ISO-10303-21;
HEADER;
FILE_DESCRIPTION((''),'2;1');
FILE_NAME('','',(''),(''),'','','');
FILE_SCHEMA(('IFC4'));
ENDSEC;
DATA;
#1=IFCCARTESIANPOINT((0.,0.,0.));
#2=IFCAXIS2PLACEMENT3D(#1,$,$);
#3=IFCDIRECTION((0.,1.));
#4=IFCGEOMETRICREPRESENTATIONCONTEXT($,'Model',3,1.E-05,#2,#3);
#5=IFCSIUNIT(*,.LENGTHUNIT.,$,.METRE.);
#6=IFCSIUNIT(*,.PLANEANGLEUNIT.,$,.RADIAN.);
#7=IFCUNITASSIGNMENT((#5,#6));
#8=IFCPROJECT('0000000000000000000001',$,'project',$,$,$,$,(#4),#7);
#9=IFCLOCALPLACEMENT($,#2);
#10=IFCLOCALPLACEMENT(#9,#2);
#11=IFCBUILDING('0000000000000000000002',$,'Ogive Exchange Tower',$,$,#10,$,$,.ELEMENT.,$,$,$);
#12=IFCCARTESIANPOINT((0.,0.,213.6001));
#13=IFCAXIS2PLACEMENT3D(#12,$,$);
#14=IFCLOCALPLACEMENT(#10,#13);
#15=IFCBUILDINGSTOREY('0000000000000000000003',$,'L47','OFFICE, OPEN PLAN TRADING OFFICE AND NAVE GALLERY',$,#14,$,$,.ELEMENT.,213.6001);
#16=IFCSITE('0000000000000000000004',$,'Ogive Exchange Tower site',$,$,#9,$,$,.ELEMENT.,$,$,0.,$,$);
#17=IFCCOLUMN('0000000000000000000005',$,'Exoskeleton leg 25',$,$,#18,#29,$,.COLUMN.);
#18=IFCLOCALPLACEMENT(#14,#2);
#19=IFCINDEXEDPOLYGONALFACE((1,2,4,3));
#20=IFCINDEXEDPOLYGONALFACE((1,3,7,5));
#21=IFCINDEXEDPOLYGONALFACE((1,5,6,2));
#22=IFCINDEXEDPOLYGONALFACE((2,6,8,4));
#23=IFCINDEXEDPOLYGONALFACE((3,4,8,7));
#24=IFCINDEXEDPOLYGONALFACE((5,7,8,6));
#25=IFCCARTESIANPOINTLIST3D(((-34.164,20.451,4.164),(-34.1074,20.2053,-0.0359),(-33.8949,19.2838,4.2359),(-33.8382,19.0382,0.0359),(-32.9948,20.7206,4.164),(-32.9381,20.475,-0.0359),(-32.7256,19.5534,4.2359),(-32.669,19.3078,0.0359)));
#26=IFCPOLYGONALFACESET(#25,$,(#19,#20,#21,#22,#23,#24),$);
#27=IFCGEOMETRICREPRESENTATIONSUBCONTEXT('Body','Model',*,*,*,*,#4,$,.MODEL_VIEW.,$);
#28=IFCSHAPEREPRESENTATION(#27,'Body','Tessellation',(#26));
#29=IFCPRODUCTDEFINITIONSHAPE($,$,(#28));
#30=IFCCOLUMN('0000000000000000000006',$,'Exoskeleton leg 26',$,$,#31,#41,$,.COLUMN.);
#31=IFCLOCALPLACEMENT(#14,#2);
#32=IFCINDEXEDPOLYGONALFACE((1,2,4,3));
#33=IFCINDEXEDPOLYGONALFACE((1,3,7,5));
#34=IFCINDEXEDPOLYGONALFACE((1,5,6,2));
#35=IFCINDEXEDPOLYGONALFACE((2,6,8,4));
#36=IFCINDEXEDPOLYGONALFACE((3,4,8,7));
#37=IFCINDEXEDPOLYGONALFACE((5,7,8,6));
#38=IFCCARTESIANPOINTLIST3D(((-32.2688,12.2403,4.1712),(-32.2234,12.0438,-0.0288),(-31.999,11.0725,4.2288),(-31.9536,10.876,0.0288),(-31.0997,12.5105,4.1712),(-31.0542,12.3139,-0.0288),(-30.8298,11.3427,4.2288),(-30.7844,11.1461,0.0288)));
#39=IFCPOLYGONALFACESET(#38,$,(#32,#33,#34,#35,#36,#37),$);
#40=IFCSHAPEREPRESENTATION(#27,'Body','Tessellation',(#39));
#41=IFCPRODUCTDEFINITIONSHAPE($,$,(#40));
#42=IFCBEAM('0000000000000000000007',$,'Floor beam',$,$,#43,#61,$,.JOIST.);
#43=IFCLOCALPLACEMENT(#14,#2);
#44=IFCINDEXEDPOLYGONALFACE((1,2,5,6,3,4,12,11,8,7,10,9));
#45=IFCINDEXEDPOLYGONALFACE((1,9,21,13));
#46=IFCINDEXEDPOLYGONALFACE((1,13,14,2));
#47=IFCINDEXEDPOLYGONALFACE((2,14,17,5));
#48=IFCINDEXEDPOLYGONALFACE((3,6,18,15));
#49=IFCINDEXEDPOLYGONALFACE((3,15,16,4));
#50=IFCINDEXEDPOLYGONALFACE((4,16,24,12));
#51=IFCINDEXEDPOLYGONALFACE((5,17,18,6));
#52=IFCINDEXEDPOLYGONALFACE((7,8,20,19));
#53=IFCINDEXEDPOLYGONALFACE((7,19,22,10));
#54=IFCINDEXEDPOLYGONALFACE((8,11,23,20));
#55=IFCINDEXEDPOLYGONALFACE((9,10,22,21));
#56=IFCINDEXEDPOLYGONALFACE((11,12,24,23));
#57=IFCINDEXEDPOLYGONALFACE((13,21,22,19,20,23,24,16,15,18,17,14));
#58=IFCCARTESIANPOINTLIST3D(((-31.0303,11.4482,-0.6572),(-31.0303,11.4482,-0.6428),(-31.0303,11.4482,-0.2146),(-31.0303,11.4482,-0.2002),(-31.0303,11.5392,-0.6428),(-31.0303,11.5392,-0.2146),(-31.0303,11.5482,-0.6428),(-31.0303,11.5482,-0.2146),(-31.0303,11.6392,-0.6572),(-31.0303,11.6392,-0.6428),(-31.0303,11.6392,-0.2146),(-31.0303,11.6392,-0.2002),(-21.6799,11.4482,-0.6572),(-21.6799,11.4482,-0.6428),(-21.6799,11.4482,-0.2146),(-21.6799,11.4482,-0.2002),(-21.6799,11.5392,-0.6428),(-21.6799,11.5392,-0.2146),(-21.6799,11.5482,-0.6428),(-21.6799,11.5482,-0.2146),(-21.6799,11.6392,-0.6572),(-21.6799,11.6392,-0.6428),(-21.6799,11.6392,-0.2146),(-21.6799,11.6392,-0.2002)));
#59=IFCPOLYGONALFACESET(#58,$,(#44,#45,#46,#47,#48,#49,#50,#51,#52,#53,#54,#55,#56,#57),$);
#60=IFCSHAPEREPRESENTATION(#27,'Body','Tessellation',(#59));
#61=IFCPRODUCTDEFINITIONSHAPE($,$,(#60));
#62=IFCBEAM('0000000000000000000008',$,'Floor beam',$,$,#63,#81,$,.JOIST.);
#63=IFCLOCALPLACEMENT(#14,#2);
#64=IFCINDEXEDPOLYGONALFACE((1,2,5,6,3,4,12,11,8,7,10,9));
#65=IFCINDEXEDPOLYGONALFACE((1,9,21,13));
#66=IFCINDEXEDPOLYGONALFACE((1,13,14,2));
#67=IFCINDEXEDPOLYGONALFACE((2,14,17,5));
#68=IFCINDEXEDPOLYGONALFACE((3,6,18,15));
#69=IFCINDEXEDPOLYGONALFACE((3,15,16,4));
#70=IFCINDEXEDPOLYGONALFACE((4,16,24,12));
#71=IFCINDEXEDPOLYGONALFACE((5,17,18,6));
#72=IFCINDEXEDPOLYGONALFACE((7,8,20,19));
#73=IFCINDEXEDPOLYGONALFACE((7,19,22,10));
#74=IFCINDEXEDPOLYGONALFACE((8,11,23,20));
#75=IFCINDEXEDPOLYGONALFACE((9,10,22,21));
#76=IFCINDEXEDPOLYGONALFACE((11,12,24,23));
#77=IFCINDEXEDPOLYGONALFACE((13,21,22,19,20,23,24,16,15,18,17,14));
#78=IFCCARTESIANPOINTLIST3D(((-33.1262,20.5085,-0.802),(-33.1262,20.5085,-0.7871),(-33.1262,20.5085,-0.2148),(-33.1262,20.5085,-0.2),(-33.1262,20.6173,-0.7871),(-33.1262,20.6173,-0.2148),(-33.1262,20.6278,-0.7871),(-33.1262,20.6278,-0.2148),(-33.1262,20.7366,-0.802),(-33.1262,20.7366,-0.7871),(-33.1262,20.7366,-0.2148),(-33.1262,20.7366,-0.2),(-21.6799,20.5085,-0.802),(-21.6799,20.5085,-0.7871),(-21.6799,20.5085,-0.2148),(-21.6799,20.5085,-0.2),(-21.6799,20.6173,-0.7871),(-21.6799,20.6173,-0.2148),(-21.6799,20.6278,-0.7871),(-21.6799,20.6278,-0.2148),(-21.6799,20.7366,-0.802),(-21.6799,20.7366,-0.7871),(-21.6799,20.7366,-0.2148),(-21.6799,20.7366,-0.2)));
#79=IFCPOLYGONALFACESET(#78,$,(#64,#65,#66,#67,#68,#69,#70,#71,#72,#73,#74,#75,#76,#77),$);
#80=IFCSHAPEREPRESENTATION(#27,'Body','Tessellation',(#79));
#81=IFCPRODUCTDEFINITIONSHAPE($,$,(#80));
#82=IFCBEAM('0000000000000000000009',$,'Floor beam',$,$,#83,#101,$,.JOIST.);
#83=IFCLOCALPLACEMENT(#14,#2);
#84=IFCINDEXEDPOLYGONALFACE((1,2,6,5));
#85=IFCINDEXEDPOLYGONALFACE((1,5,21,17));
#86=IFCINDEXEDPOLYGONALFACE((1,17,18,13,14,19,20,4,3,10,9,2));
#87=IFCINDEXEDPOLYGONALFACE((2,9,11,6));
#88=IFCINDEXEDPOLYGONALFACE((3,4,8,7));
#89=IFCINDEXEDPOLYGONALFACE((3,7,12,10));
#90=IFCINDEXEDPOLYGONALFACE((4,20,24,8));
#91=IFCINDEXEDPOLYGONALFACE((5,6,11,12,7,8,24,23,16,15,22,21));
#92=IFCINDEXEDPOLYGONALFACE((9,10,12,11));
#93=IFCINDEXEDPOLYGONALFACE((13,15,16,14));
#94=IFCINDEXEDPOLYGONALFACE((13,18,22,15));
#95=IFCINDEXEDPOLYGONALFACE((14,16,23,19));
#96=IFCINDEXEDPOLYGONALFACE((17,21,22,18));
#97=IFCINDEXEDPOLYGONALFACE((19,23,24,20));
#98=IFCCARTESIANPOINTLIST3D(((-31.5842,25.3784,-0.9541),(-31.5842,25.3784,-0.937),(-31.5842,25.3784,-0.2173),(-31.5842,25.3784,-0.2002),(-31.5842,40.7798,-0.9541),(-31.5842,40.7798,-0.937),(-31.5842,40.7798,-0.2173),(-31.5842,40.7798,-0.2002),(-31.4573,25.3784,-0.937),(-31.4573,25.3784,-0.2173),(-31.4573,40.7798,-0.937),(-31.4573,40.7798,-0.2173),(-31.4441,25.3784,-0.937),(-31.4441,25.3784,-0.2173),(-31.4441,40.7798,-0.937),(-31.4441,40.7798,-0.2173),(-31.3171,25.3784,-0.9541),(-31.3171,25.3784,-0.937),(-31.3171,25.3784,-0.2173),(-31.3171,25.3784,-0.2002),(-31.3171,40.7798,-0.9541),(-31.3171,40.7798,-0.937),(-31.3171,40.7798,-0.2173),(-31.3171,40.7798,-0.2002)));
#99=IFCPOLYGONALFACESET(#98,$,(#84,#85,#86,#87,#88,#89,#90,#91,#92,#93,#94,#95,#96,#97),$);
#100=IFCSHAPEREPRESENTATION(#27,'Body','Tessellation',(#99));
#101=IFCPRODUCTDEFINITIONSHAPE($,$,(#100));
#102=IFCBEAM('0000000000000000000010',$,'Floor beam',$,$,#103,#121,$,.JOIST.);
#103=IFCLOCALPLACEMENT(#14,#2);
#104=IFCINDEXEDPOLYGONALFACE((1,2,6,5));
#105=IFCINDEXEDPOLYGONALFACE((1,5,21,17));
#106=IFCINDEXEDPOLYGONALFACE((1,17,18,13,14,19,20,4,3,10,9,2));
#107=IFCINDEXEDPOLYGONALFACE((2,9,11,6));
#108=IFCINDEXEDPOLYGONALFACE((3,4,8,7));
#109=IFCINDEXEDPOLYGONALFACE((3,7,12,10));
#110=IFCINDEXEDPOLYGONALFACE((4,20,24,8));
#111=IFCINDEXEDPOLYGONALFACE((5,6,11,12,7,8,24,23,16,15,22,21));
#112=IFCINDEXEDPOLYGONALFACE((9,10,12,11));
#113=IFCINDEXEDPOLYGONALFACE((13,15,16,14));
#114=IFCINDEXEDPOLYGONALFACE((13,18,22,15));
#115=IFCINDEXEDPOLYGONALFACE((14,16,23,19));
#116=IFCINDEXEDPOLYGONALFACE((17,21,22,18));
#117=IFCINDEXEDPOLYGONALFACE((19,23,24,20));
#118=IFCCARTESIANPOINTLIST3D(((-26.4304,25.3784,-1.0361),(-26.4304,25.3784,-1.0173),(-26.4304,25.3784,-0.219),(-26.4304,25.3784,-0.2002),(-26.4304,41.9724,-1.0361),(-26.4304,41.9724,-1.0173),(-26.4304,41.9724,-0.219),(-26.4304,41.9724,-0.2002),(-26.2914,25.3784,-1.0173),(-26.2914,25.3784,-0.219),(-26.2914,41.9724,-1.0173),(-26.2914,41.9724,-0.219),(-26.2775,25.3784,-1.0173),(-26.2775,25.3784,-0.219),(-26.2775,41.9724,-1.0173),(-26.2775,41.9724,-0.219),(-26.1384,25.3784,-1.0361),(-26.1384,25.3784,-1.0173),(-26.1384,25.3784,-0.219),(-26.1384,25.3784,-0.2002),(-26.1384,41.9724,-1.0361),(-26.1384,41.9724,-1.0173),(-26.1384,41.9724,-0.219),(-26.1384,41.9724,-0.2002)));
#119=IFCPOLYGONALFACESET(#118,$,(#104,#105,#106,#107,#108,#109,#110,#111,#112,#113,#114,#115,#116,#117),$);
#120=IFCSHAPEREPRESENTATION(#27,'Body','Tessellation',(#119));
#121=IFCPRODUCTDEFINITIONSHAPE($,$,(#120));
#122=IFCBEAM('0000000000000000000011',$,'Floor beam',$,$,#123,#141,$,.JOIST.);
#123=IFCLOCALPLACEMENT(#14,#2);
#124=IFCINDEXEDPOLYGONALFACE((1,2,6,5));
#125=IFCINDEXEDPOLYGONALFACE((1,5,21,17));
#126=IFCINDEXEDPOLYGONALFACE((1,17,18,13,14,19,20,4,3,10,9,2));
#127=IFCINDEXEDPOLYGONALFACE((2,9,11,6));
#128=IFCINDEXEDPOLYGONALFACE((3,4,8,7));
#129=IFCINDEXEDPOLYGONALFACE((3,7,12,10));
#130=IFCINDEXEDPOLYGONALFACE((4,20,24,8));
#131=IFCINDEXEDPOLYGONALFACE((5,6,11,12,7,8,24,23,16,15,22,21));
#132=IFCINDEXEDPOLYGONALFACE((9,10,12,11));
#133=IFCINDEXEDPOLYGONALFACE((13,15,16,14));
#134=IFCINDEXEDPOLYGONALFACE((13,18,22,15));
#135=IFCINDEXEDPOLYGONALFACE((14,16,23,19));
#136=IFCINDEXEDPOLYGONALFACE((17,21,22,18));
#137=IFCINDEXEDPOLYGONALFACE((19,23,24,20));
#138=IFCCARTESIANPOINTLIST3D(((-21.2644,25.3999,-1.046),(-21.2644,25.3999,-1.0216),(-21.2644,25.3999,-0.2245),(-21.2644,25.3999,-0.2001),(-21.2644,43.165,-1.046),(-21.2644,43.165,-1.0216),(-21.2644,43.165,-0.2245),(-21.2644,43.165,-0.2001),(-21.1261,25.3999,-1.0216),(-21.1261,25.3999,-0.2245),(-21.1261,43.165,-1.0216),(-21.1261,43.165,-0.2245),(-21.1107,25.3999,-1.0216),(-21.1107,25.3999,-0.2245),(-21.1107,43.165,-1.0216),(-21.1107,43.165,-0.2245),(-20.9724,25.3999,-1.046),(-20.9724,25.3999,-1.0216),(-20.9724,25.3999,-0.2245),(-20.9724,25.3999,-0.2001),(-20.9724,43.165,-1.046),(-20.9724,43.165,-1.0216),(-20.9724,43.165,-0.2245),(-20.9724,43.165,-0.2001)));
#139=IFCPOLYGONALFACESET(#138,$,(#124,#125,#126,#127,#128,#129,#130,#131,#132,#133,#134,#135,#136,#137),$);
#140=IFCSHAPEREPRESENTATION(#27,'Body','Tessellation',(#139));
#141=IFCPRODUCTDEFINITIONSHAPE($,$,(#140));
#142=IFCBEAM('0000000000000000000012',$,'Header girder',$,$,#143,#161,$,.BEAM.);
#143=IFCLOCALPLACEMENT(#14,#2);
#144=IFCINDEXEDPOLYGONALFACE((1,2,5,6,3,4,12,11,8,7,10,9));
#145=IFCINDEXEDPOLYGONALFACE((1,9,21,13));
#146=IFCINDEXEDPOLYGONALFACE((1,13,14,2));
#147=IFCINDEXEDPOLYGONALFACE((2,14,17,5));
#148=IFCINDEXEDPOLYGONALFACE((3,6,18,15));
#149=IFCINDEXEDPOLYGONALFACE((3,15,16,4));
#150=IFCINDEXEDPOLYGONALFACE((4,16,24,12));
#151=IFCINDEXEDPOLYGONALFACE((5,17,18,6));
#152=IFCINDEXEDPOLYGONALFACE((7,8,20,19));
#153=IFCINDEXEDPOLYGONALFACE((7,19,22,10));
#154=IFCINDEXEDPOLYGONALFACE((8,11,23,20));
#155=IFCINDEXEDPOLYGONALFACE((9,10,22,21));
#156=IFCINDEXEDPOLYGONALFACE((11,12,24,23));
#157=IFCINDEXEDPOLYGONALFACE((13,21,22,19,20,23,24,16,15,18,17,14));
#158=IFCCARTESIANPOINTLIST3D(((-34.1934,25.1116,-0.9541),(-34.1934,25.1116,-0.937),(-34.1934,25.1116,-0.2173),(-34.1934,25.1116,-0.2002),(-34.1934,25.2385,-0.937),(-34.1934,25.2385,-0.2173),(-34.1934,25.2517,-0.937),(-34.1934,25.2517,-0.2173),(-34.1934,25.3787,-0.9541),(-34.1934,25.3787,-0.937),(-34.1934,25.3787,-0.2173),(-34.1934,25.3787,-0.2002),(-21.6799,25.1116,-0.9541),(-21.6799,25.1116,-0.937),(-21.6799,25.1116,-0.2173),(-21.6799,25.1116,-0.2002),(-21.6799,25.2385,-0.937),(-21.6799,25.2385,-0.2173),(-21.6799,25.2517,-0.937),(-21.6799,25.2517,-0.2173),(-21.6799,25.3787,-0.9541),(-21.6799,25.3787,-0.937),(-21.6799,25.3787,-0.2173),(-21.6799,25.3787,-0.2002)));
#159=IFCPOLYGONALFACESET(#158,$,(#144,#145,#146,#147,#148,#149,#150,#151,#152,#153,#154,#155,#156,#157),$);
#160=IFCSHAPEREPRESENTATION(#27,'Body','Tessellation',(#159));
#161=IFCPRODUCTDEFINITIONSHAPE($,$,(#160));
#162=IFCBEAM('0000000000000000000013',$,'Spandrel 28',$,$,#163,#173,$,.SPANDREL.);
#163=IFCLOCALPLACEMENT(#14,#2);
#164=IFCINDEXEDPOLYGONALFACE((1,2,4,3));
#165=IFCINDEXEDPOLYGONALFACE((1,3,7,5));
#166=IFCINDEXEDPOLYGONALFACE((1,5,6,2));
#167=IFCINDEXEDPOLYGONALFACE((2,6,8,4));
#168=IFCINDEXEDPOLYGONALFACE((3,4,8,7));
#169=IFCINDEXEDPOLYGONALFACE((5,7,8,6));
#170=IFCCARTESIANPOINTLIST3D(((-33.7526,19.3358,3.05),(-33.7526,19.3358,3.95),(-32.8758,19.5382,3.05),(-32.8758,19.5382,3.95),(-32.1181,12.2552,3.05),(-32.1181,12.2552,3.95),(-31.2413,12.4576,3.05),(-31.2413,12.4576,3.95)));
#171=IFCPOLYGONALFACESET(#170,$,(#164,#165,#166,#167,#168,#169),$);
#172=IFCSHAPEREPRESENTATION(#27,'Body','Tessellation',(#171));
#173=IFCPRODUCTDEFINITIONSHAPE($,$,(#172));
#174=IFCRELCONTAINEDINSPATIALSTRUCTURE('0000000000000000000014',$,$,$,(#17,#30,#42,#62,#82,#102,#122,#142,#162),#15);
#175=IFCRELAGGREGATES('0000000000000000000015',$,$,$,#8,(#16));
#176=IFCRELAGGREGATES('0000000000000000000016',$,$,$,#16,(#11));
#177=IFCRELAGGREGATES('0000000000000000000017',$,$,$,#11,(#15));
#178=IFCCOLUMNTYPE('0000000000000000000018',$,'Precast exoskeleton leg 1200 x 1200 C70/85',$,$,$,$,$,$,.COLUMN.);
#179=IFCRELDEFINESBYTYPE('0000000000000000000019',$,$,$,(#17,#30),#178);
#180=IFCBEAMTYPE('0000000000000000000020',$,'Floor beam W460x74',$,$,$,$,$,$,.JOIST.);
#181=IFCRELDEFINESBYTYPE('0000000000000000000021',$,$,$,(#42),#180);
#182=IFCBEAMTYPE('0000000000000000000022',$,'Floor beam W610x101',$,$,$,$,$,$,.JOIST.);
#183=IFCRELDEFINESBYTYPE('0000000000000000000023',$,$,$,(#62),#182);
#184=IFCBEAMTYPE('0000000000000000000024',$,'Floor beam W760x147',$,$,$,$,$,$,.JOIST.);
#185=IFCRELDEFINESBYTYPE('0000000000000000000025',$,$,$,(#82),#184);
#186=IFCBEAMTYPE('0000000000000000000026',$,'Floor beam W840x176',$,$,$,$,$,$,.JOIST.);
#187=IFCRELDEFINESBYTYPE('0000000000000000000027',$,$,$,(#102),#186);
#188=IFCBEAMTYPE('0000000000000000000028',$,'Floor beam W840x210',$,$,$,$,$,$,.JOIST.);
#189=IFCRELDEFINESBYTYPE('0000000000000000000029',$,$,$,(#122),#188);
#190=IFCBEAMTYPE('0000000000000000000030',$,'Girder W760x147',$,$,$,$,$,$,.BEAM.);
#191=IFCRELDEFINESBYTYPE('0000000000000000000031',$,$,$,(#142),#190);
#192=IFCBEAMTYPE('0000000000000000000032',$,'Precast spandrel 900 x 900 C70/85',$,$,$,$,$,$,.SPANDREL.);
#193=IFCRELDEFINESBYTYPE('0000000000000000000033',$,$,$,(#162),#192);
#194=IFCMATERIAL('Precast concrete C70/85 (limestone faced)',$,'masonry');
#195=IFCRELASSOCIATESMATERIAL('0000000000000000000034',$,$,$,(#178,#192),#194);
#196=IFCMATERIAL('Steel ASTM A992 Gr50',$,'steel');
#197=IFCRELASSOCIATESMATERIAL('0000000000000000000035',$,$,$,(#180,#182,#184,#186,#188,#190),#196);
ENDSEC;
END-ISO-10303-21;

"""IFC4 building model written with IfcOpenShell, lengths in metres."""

from ifc_helpers import new_model, si_unit, direction, frame, origin, origin_2d, place, context, subcontext, project, spatial, rectangle, i_section, extrude, material, material_profile, profile_set, type_object, element, save


model = new_model("IFC4")

# Units and contexts
model_context = context("Model", 3, precision=1e-05, world=origin(), true_north=direction((0.0, 1.0)))
body_context = subcontext(model_context, "Body", "Model", "MODEL_VIEW")
ifc_project = project(units=[si_unit("LENGTHUNIT", "METRE"), si_unit("PLANEANGLEUNIT", "RADIAN")], contexts=[model_context])

# Site, building, storey
site_placement = place(None, origin())
site = spatial("IfcSite", under=ifc_project, at=site_placement, Name="Ogive Exchange Tower site", CompositionType="ELEMENT", RefElevation=0.0)
building_placement = place(site_placement, origin())
building = spatial("IfcBuilding", under=site, at=building_placement, Name="Ogive Exchange Tower", CompositionType="ELEMENT")
storey_placement = place(building_placement, frame((0.0, 0.0, 213.6001)))
storey = spatial("IfcBuildingStorey", under=building, at=storey_placement, Name="L47", Description="OFFICE, OPEN PLAN TRADING OFFICE AND NAVE GALLERY", CompositionType="ELEMENT", Elevation=213.6001)

# Columns
ifc_material_1 = material(Name="Precast concrete C70/85 (limestone faced)", Category="masonry")
ifc_material_profile_1 = material_profile(ifc_material_1, rectangle(XDim=1.2, YDim=1.2, at=origin_2d()), Name="1200 x 1200")
ifc_profile_set_1 = profile_set([ifc_material_profile_1], Name="Precast concrete C70/85 (limestone faced)")
column_type = type_object("IfcColumnType", Name="Precast exoskeleton leg 1200 x 1200 C70/85", PredefinedType="COLUMN", material=ifc_profile_set_1)
column_1_placement = place(storey_placement, frame((-33.3882, 19.7566, 0.0), z_axis=(-0.013462, 0.058373, 0.998204), x_axis=(-0.974424, -0.224718, 0.0)))
element("IfcColumn", 1, at=column_1_placement, inside=storey, type_object=column_type, Name="Exoskeleton leg 25", PredefinedType="COLUMN", context=body_context, shape_type="SweptSolid", body=[
    extrude(rectangle(XDim=1.2, YDim=1.2, at=origin_2d()), origin(), (0.0, 0.0, 1.0), 4.2075),
])
column_2_placement = place(storey_placement, frame((-31.5039, 11.595, 0.0), z_axis=(-0.0108, 0.04674, 0.998849), x_axis=(-0.97433, -0.225125, 0.0)))
element("IfcColumn", 2, at=column_2_placement, inside=storey, type_object=column_type, Name="Exoskeleton leg 26", PredefinedType="COLUMN", context=body_context, shape_type="SweptSolid", body=[
    extrude(rectangle(XDim=1.2, YDim=1.2, at=origin_2d()), origin(), (0.0, 0.0, 1.0), 4.2048),
])

# Beams
ifc_material_2 = material(Name="Steel ASTM A992 Gr50", Category="steel")
ifc_material_profile_2 = material_profile(ifc_material_2, i_section(OverallWidth=0.1909, OverallDepth=0.457, WebThickness=0.009, FlangeThickness=0.0144, at=origin_2d()), Name="W460x74")
ifc_profile_set_2 = profile_set([ifc_material_profile_2], Name="Steel ASTM A992 Gr50")
beam_type_1 = type_object("IfcBeamType", Name="Floor beam W460x74", PredefinedType="JOIST", material=ifc_profile_set_2)
beam_1_placement = place(storey_placement, frame((-31.0303, 11.5437, -0.4287), z_axis=(1.0, 0.0, 0.0), x_axis=(0.0, 1.0, 0.0)))
element("IfcBeam", 3, at=beam_1_placement, inside=storey, type_object=beam_type_1, Name="Floor beam", PredefinedType="JOIST", context=body_context, shape_type="SweptSolid", body=[
    extrude(i_section(OverallWidth=0.1909, OverallDepth=0.457, WebThickness=0.009, FlangeThickness=0.0144, at=origin_2d()), origin(), (0.0, 0.0, 1.0), 9.3503),
])
ifc_material_profile_3 = material_profile(ifc_material_2, i_section(OverallWidth=0.228, OverallDepth=0.6021, WebThickness=0.0105, FlangeThickness=0.0149, at=origin_2d()), Name="W610x101")
ifc_profile_set_3 = profile_set([ifc_material_profile_3], Name="Steel ASTM A992 Gr50")
beam_type_2 = type_object("IfcBeamType", Name="Floor beam W610x101", PredefinedType="JOIST", material=ifc_profile_set_3)
beam_2_placement = place(storey_placement, frame((-33.1262, 20.6226, -0.501), z_axis=(1.0, 0.0, 0.0), x_axis=(0.0, 1.0, 0.0)))
element("IfcBeam", 4, at=beam_2_placement, inside=storey, type_object=beam_type_2, Name="Floor beam", PredefinedType="JOIST", context=body_context, shape_type="SweptSolid", body=[
    extrude(i_section(OverallWidth=0.228, OverallDepth=0.6021, WebThickness=0.0105, FlangeThickness=0.0149, at=origin_2d()), origin(), (0.0, 0.0, 1.0), 11.4463),
])
ifc_material_profile_4 = material_profile(ifc_material_2, i_section(OverallWidth=0.2671, OverallDepth=0.7539, WebThickness=0.0132, FlangeThickness=0.0171, at=origin_2d()), Name="W760x147")
ifc_profile_set_4 = profile_set([ifc_material_profile_4], Name="Steel ASTM A992 Gr50")
beam_type_3 = type_object("IfcBeamType", Name="Floor beam W760x147", PredefinedType="JOIST", material=ifc_profile_set_4)
beam_3_placement = place(storey_placement, frame((-31.4507, 25.3784, -0.5771), z_axis=(0.0, 1.0, 0.0), x_axis=(-1.0, 0.0, 0.0)))
element("IfcBeam", 5, at=beam_3_placement, inside=storey, type_object=beam_type_3, Name="Floor beam", PredefinedType="JOIST", context=body_context, shape_type="SweptSolid", body=[
    extrude(i_section(OverallWidth=0.2671, OverallDepth=0.7539, WebThickness=0.0132, FlangeThickness=0.0171, at=origin_2d()), origin(), (0.0, 0.0, 1.0), 15.4014),
])
ifc_material_profile_5 = material_profile(ifc_material_2, i_section(OverallWidth=0.292, OverallDepth=0.8359, WebThickness=0.0139, FlangeThickness=0.0188, at=origin_2d()), Name="W840x176")
ifc_profile_set_5 = profile_set([ifc_material_profile_5], Name="Steel ASTM A992 Gr50")
beam_type_4 = type_object("IfcBeamType", Name="Floor beam W840x176", PredefinedType="JOIST", material=ifc_profile_set_5)
beam_4_placement = place(storey_placement, frame((-26.2844, 25.3784, -0.6182), z_axis=(0.0, 1.0, 0.0), x_axis=(-1.0, 0.0, 0.0)))
element("IfcBeam", 6, at=beam_4_placement, inside=storey, type_object=beam_type_4, Name="Floor beam", PredefinedType="JOIST", context=body_context, shape_type="SweptSolid", body=[
    extrude(i_section(OverallWidth=0.292, OverallDepth=0.8359, WebThickness=0.0139, FlangeThickness=0.0188, at=origin_2d()), origin(), (0.0, 0.0, 1.0), 16.594),
])
ifc_material_profile_6 = material_profile(ifc_material_2, i_section(OverallWidth=0.292, OverallDepth=0.8459, WebThickness=0.0154, FlangeThickness=0.0244, at=origin_2d()), Name="W840x210")
ifc_profile_set_6 = profile_set([ifc_material_profile_6], Name="Steel ASTM A992 Gr50")
beam_type_5 = type_object("IfcBeamType", Name="Floor beam W840x210", PredefinedType="JOIST", material=ifc_profile_set_6)
beam_5_placement = place(storey_placement, frame((-21.1184, 25.3999, -0.623), z_axis=(0.0, 1.0, 0.0), x_axis=(-1.0, 0.0, 0.0)))
element("IfcBeam", 7, at=beam_5_placement, inside=storey, type_object=beam_type_5, Name="Floor beam", PredefinedType="JOIST", context=body_context, shape_type="SweptSolid", body=[
    extrude(i_section(OverallWidth=0.292, OverallDepth=0.8459, WebThickness=0.0154, FlangeThickness=0.0244, at=origin_2d()), origin(), (0.0, 0.0, 1.0), 17.7651),
])
ifc_material_profile_7 = material_profile(ifc_material_2, i_section(OverallWidth=0.2671, OverallDepth=0.7539, WebThickness=0.0132, FlangeThickness=0.0171, at=origin_2d()), Name="W760x147")
ifc_profile_set_7 = profile_set([ifc_material_profile_7], Name="Steel ASTM A992 Gr50")
beam_type_6 = type_object("IfcBeamType", Name="Girder W760x147", PredefinedType="BEAM", material=ifc_profile_set_7)
beam_6_placement = place(storey_placement, frame((-34.1934, 25.2451, -0.5771), z_axis=(1.0, 0.0, 0.0), x_axis=(0.0, 1.0, 0.0)))
element("IfcBeam", 8, at=beam_6_placement, inside=storey, type_object=beam_type_6, Name="Header girder", PredefinedType="BEAM", context=body_context, shape_type="SweptSolid", body=[
    extrude(i_section(OverallWidth=0.2671, OverallDepth=0.7539, WebThickness=0.0132, FlangeThickness=0.0171, at=origin_2d()), origin(), (0.0, 0.0, 1.0), 12.5134),
])
ifc_material_profile_8 = material_profile(ifc_material_1, rectangle(XDim=0.8999, YDim=0.8999, at=origin_2d()), Name="900 x 900")
ifc_profile_set_8 = profile_set([ifc_material_profile_8], Name="Precast concrete C70/85 (limestone faced)")
beam_type_7 = type_object("IfcBeamType", Name="Precast spandrel 900 x 900 C70/85", PredefinedType="SPANDREL", material=ifc_profile_set_8)
beam_7_placement = place(storey_placement, frame((-33.3142, 19.437, 3.5), z_axis=(0.224931, -0.974375, 0.0), x_axis=(0.974375, 0.224931, 0.0)))
element("IfcBeam", 9, at=beam_7_placement, inside=storey, type_object=beam_type_7, Name="Spandrel 28", PredefinedType="SPANDREL", context=body_context, shape_type="SweptSolid", body=[
    extrude(rectangle(XDim=0.8999, YDim=0.8999, at=origin_2d()), origin(), (0.0, 0.0, 1.0), 7.2668),
])

save(model, "model.ifc")
